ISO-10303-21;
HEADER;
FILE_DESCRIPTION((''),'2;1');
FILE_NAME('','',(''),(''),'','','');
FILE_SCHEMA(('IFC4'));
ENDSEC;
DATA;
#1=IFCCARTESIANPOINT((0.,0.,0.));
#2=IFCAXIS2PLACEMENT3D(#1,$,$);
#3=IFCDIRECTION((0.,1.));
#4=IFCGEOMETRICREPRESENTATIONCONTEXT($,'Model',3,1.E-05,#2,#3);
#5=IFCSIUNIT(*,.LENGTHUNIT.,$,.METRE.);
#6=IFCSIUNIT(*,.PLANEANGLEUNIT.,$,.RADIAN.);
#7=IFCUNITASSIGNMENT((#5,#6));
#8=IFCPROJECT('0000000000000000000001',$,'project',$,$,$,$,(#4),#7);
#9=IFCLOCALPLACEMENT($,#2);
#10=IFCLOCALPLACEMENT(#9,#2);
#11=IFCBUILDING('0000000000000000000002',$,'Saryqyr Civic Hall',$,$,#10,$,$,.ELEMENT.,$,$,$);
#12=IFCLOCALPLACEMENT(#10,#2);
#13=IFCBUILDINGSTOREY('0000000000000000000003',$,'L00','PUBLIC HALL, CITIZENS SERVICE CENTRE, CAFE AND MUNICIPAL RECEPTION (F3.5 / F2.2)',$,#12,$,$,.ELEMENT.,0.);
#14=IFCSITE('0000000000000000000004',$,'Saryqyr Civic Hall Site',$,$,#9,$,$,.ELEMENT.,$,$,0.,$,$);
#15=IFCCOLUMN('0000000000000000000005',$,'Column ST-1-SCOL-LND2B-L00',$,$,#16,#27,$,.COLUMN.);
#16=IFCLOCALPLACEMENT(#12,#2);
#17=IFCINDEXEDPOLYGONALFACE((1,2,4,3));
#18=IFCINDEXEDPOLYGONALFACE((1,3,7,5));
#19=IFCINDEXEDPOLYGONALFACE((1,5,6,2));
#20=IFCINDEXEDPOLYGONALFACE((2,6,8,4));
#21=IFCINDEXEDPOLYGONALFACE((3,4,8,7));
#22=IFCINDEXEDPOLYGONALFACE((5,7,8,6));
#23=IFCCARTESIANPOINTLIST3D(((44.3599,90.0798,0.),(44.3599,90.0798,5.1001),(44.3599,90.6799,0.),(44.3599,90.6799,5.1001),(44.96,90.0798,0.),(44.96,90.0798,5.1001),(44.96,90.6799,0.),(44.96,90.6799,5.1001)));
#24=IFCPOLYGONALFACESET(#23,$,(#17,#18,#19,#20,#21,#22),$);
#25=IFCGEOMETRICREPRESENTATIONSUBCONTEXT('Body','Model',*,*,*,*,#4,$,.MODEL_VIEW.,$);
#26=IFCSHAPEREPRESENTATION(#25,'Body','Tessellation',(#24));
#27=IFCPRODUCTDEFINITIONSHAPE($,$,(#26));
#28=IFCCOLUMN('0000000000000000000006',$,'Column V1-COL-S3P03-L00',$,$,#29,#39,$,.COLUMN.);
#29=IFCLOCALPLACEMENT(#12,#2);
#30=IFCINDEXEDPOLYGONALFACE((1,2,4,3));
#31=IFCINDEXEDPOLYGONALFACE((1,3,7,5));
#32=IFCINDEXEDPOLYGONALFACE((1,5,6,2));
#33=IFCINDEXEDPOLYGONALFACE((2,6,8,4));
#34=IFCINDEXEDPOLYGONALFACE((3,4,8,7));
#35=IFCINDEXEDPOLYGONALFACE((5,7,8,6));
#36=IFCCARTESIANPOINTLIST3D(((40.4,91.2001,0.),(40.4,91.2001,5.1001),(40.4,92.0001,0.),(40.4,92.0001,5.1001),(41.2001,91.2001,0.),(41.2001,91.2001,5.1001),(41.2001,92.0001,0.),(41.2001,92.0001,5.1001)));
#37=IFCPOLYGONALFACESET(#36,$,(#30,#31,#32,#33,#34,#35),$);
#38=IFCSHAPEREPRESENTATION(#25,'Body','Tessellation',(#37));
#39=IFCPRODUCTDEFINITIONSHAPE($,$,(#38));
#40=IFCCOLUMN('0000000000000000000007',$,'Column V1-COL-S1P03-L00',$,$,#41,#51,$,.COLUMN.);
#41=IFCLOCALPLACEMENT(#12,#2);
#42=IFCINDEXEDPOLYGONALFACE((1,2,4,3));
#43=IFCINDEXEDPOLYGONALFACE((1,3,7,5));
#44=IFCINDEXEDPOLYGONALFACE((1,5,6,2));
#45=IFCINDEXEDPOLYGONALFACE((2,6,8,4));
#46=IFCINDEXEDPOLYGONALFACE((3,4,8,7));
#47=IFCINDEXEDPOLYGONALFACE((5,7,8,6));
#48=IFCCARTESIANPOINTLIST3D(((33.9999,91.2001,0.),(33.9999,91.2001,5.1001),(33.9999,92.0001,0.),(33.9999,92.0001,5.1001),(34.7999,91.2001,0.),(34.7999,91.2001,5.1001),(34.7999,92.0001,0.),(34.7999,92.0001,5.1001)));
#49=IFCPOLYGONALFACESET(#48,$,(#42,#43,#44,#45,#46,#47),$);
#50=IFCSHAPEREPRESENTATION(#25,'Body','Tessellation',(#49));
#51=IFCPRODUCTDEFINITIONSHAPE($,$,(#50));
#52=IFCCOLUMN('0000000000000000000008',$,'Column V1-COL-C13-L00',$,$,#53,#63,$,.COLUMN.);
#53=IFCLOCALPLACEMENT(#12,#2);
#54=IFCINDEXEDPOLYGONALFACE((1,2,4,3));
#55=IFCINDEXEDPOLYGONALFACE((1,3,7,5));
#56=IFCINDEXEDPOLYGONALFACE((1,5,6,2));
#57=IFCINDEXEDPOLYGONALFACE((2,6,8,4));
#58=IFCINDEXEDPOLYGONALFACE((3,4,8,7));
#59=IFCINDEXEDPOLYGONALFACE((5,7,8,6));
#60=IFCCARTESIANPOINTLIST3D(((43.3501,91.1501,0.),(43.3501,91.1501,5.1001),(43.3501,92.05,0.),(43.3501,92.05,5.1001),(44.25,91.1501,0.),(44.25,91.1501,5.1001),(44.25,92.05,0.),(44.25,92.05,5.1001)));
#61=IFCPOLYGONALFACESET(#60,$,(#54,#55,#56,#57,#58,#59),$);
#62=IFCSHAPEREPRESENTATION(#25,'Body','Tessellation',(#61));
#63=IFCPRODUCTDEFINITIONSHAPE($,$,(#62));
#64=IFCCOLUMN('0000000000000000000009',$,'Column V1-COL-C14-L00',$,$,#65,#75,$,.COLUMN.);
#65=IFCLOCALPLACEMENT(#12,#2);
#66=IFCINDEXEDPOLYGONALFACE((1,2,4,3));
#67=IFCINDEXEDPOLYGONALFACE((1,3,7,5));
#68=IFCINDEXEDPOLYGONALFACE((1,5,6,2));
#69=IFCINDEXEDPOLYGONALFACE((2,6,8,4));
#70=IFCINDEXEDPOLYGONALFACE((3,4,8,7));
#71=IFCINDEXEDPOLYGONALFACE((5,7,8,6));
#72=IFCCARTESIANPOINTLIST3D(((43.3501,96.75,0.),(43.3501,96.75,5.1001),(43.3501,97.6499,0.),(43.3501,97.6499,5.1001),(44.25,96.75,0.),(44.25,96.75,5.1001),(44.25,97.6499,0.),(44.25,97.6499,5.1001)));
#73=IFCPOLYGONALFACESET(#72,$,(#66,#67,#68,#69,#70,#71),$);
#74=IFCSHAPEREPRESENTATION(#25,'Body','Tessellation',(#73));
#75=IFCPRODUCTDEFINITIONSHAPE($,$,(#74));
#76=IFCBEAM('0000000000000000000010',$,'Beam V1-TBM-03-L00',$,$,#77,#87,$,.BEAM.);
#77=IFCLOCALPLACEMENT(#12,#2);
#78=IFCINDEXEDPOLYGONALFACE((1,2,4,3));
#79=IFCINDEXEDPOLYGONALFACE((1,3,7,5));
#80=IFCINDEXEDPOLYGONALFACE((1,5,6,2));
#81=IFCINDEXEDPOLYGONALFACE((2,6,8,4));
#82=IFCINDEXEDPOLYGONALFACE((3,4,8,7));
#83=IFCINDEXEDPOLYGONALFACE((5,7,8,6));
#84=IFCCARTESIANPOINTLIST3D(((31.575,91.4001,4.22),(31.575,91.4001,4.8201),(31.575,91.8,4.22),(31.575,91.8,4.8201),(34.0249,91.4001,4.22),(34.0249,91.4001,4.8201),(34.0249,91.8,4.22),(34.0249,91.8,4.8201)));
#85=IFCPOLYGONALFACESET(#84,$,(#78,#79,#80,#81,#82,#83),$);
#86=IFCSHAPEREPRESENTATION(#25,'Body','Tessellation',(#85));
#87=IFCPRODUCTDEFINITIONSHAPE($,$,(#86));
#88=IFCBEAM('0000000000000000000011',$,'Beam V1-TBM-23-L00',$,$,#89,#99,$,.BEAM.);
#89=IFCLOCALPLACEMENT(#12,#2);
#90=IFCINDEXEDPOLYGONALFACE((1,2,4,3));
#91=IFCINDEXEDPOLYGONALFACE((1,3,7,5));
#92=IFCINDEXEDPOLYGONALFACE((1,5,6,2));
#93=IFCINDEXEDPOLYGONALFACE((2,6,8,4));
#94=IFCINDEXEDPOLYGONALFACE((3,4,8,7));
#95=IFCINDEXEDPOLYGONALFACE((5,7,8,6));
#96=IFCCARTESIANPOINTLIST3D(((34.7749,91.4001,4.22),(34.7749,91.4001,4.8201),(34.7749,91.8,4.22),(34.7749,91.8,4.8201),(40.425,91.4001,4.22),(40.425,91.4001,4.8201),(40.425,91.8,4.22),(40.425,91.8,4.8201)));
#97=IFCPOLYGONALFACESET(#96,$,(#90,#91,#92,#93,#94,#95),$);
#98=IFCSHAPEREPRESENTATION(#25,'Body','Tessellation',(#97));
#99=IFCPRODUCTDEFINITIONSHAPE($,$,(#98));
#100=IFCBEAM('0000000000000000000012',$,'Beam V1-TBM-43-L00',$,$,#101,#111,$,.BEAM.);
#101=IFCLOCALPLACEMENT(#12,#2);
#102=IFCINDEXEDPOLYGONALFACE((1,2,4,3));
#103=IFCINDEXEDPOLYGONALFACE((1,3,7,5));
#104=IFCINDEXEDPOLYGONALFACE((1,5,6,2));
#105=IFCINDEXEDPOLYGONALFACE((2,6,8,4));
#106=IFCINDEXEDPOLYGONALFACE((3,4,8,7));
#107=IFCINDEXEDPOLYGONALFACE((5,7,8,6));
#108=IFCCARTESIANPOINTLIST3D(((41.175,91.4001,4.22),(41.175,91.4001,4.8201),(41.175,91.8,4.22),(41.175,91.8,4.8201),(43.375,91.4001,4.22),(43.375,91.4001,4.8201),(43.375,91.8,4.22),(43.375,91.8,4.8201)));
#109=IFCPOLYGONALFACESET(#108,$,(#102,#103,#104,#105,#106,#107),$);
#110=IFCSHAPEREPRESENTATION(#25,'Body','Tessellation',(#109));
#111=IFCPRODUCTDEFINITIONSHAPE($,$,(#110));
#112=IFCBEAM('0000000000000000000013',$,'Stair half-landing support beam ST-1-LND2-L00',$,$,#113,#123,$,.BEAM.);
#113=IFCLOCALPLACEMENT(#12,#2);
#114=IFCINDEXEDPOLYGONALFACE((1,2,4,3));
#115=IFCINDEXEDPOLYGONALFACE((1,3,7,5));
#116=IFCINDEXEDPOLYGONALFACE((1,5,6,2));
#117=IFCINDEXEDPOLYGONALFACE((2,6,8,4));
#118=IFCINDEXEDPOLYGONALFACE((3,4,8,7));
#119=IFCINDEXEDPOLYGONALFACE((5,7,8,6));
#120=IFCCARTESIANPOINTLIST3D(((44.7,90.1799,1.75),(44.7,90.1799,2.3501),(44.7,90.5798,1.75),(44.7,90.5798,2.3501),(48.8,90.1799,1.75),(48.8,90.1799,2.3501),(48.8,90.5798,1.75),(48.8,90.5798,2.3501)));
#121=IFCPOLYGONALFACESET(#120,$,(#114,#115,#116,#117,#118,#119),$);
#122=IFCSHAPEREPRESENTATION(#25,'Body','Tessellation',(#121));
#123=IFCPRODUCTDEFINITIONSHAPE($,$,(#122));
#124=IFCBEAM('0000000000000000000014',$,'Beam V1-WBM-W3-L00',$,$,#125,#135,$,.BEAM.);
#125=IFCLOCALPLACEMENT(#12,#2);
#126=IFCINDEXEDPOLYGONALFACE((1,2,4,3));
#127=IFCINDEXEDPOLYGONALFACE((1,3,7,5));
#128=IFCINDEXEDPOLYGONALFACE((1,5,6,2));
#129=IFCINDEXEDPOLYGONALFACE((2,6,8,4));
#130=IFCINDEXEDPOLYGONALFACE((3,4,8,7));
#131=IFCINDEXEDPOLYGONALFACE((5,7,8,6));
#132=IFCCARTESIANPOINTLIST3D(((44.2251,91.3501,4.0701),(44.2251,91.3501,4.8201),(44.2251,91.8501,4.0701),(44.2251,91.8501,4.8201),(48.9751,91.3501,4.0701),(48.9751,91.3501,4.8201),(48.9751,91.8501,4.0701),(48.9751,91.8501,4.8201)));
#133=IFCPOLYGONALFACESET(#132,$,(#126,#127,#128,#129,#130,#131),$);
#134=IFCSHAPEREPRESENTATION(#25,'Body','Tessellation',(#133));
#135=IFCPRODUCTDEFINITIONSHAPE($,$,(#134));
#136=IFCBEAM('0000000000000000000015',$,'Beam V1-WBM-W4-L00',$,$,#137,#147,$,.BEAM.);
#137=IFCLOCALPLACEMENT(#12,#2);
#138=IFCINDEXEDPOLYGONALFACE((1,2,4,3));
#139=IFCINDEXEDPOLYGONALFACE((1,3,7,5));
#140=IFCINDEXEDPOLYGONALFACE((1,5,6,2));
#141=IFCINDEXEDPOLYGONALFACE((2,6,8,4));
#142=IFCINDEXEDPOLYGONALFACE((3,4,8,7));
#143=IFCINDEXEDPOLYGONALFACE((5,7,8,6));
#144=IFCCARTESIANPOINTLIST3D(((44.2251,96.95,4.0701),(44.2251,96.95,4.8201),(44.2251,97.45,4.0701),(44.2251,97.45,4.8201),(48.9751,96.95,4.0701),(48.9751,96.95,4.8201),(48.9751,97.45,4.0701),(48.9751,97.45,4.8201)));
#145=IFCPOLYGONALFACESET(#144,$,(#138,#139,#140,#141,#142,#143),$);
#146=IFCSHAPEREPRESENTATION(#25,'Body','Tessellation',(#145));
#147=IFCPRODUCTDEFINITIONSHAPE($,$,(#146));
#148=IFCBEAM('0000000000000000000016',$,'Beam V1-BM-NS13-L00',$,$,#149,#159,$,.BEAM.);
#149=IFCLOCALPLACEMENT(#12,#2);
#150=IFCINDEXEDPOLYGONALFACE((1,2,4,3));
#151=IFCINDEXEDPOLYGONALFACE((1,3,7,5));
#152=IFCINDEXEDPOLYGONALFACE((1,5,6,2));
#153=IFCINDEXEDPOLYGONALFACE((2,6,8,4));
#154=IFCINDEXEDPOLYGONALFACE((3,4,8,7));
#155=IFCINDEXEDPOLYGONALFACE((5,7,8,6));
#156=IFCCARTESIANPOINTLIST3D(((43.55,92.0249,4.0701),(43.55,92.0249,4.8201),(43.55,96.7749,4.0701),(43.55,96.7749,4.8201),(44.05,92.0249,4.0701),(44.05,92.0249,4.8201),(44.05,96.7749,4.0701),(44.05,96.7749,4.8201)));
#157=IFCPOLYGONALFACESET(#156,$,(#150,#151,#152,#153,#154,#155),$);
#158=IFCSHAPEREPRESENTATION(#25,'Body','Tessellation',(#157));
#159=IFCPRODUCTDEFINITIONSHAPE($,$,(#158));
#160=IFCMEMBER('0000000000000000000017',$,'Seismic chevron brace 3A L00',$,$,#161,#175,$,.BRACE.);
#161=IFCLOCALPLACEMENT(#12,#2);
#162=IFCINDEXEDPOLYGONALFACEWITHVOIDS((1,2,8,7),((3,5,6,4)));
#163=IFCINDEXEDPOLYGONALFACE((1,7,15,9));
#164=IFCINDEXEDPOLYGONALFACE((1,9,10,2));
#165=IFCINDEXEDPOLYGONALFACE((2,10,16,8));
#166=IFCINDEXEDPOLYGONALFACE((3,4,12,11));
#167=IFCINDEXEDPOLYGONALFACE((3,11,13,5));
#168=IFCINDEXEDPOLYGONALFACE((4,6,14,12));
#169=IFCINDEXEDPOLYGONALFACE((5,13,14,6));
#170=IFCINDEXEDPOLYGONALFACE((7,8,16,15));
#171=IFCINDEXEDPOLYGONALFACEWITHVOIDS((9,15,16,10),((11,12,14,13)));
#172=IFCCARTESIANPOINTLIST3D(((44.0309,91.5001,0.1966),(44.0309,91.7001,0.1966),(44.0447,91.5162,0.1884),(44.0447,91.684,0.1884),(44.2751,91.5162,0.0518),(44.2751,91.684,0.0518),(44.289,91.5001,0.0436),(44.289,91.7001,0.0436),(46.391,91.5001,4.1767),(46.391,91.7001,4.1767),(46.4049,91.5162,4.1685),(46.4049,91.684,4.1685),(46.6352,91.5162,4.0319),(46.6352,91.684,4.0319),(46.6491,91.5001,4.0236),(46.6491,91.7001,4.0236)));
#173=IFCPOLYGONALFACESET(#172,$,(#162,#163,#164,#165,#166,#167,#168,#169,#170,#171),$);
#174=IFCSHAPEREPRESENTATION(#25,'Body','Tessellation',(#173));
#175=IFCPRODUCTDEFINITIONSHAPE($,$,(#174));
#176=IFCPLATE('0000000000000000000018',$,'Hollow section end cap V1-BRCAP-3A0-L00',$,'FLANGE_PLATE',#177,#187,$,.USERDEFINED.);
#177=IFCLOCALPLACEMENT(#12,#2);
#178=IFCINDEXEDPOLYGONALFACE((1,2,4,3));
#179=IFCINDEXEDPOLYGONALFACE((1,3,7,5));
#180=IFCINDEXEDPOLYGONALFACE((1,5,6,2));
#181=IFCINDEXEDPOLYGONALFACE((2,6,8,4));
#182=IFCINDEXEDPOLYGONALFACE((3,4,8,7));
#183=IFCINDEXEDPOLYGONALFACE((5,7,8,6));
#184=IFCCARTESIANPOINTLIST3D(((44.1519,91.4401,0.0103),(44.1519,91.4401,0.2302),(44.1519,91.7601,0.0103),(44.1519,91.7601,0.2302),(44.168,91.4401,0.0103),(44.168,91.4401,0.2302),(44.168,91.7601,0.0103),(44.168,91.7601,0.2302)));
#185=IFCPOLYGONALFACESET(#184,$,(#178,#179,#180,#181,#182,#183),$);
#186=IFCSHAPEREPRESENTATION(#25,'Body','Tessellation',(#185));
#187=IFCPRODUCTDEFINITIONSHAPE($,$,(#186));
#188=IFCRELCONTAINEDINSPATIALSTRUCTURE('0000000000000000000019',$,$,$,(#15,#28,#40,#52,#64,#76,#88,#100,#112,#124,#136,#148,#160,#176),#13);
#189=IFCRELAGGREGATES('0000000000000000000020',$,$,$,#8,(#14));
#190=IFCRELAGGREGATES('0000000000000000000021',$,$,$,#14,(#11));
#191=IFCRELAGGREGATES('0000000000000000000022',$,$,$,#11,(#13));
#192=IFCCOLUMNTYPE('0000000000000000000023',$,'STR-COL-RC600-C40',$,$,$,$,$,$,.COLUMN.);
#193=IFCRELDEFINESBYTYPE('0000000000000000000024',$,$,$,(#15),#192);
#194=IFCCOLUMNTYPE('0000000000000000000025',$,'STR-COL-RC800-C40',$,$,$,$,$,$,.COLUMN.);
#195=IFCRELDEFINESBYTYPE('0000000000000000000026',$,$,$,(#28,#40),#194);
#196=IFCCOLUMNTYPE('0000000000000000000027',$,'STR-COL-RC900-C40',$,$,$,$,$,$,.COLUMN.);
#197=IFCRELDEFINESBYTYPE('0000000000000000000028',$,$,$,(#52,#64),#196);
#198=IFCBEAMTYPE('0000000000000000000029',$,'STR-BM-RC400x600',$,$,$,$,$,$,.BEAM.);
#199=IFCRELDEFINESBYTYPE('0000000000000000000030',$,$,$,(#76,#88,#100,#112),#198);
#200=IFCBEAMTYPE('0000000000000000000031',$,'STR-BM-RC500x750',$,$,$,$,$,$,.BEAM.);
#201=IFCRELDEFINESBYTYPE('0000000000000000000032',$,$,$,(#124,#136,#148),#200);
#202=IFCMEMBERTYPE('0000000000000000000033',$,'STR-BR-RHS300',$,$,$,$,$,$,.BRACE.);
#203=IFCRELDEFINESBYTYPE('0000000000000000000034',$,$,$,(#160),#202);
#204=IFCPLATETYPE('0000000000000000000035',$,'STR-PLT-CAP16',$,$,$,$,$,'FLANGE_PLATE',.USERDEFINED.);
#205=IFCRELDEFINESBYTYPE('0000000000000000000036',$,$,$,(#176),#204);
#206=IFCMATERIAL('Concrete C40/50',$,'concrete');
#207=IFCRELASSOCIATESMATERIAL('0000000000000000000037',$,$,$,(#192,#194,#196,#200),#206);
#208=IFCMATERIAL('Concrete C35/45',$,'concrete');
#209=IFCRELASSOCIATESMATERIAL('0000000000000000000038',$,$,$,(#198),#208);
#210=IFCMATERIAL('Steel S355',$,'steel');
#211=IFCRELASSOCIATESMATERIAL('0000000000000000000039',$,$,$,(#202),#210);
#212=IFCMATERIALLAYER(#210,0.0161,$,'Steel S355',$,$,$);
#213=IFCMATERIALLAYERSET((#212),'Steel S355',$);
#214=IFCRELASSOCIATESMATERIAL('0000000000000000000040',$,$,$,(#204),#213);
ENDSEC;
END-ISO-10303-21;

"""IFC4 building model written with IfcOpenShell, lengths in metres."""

from ifc_helpers import new_model, si_unit, direction, frame, origin, origin_2d, place, context, subcontext, project, spatial, rectangle, hollow_rectangle, extrude, material, layer, layer_set, material_profile, profile_set, type_object, element, save


model = new_model("IFC4")

# Units and contexts
model_context = context("Model", 3, precision=1e-05, world=origin(), true_north=direction((0.0, 1.0)))
body_context = subcontext(model_context, "Body", "Model", "MODEL_VIEW")
ifc_project = project(units=[si_unit("LENGTHUNIT", "METRE"), si_unit("PLANEANGLEUNIT", "RADIAN")], contexts=[model_context])

# Site, building, storey
site_placement = place(None, origin())
site = spatial("IfcSite", under=ifc_project, at=site_placement, Name="Saryqyr Civic Hall Site", CompositionType="ELEMENT", RefElevation=0.0)
building_placement = place(site_placement, origin())
building = spatial("IfcBuilding", under=site, at=building_placement, Name="Saryqyr Civic Hall", CompositionType="ELEMENT")
storey_placement = place(building_placement, origin())
storey = spatial("IfcBuildingStorey", under=building, at=storey_placement, Name="L00", Description="PUBLIC HALL, CITIZENS SERVICE CENTRE, CAFE AND MUNICIPAL RECEPTION (F3.5 / F2.2)", CompositionType="ELEMENT", Elevation=0.0)

# Columns
ifc_material_1 = material(Name="Concrete C40/50", Category="concrete")
ifc_material_profile_1 = material_profile(ifc_material_1, rectangle(XDim=0.6001, YDim=0.6001, at=origin_2d()), Name="RC 600x600")
ifc_profile_set_1 = profile_set([ifc_material_profile_1], Name="Concrete C40/50")
column_type_1 = type_object("IfcColumnType", Name="STR-COL-RC600-C40", PredefinedType="COLUMN", material=ifc_profile_set_1)
column_placement = place(storey_placement, frame((44.6599, 90.3799, 0.0), z_axis=(0.0, 0.0, 1.0), x_axis=(1.0, 0.0, 0.0)))
element("IfcColumn", 1, at=column_placement, inside=storey, type_object=column_type_1, Name="Column ST-1-SCOL-LND2B-L00", PredefinedType="COLUMN", context=body_context, shape_type="SweptSolid", body=[
    extrude(rectangle(XDim=0.6001, YDim=0.6001, at=origin_2d()), origin(), (0.0, 0.0, 1.0), 5.1001),
])
ifc_material_profile_2 = material_profile(ifc_material_1, rectangle(XDim=0.8, YDim=0.8, at=origin_2d()), Name="RC 800x800")
ifc_profile_set_2 = profile_set([ifc_material_profile_2], Name="Concrete C40/50")
column_type_2 = type_object("IfcColumnType", Name="STR-COL-RC800-C40", PredefinedType="COLUMN", material=ifc_profile_set_2)
for number, where, z_axis, x_axis, name in (
    (2, (40.8, 91.6001, 0.0), (0.0, 0.0, 1.0), (1.0, 0.0, 0.0), "Column V1-COL-S3P03-L00"),
    (3, (34.3999, 91.6001, 0.0), (0.0, 0.0, 1.0), (1.0, 0.0, 0.0), "Column V1-COL-S1P03-L00"),
):
    element("IfcColumn", number, at=place(storey_placement, frame(where, z_axis=z_axis, x_axis=x_axis)), inside=storey, type_object=column_type_2, Name=name, PredefinedType="COLUMN", context=body_context, shape_type="SweptSolid", body=[
        extrude(rectangle(XDim=0.8, YDim=0.8, at=origin_2d()), origin(), (0.0, 0.0, 1.0), 5.1001),
    ])
ifc_material_profile_3 = material_profile(ifc_material_1, rectangle(XDim=0.8999, YDim=0.8999, at=origin_2d()), Name="RC 900x900")
ifc_profile_set_3 = profile_set([ifc_material_profile_3], Name="Concrete C40/50")
column_type_3 = type_object("IfcColumnType", Name="STR-COL-RC900-C40", PredefinedType="COLUMN", material=ifc_profile_set_3)
for number, where, z_axis, x_axis, name in (
    (4, (43.8, 91.6001, 0.0), (0.0, 0.0, 1.0), (1.0, 0.0, 0.0), "Column V1-COL-C13-L00"),
    (5, (43.8, 97.2, 0.0), (0.0, 0.0, 1.0), (1.0, 0.0, 0.0), "Column V1-COL-C14-L00"),
):
    element("IfcColumn", number, at=place(storey_placement, frame(where, z_axis=z_axis, x_axis=x_axis)), inside=storey, type_object=column_type_3, Name=name, PredefinedType="COLUMN", context=body_context, shape_type="SweptSolid", body=[
        extrude(rectangle(XDim=0.8999, YDim=0.8999, at=origin_2d()), origin(), (0.0, 0.0, 1.0), 5.1001),
    ])

# Beams
ifc_material_2 = material(Name="Concrete C35/45", Category="concrete")
ifc_material_profile_4 = material_profile(ifc_material_2, rectangle(XDim=0.3999, YDim=0.6001, at=origin_2d()), Name="RC 400x600")
ifc_profile_set_4 = profile_set([ifc_material_profile_4], Name="Concrete C35/45")
beam_type_1 = type_object("IfcBeamType", Name="STR-BM-RC400x600", PredefinedType="BEAM", material=ifc_profile_set_4)
beam_1_placement = place(storey_placement, frame((31.575, 91.6001, 4.52), z_axis=(1.0, 0.0, 0.0), x_axis=(0.0, 1.0, 0.0)))
element("IfcBeam", 6, at=beam_1_placement, inside=storey, type_object=beam_type_1, Name="Beam V1-TBM-03-L00", PredefinedType="BEAM", context=body_context, shape_type="SweptSolid", body=[
    extrude(rectangle(XDim=0.3999, YDim=0.6001, at=origin_2d()), origin(), (0.0, 0.0, 1.0), 2.45),
])
beam_2_placement = place(storey_placement, frame((34.7749, 91.6001, 4.52), z_axis=(1.0, 0.0, 0.0), x_axis=(0.0, 1.0, 0.0)))
element("IfcBeam", 7, at=beam_2_placement, inside=storey, type_object=beam_type_1, Name="Beam V1-TBM-23-L00", PredefinedType="BEAM", context=body_context, shape_type="SweptSolid", body=[
    extrude(rectangle(XDim=0.3999, YDim=0.6001, at=origin_2d()), origin(), (0.0, 0.0, 1.0), 5.6501),
])
beam_3_placement = place(storey_placement, frame((41.175, 91.6001, 4.52), z_axis=(1.0, 0.0, 0.0), x_axis=(0.0, 1.0, 0.0)))
element("IfcBeam", 8, at=beam_3_placement, inside=storey, type_object=beam_type_1, Name="Beam V1-TBM-43-L00", PredefinedType="BEAM", context=body_context, shape_type="SweptSolid", body=[
    extrude(rectangle(XDim=0.3999, YDim=0.6001, at=origin_2d()), origin(), (0.0, 0.0, 1.0), 2.2),
])
beam_4_placement = place(storey_placement, frame((48.8, 90.3799, 2.05), z_axis=(-1.0, 0.0, 0.0), x_axis=(0.0, -1.0, 0.0)))
element("IfcBeam", 9, at=beam_4_placement, inside=storey, type_object=beam_type_1, Name="Stair half-landing support beam ST-1-LND2-L00", PredefinedType="BEAM", context=body_context, shape_type="SweptSolid", body=[
    extrude(rectangle(XDim=0.3999, YDim=0.6001, at=origin_2d()), origin(), (0.0, 0.0, 1.0), 4.1001),
])
ifc_material_profile_5 = material_profile(ifc_material_1, rectangle(XDim=0.5, YDim=0.75, at=origin_2d()), Name="RC 500x750")
ifc_profile_set_5 = profile_set([ifc_material_profile_5], Name="Concrete C40/50")
beam_type_2 = type_object("IfcBeamType", Name="STR-BM-RC500x750", PredefinedType="BEAM", material=ifc_profile_set_5)
for number, where, z_axis, x_axis, name in (
    (10, (44.2251, 91.6001, 4.4451), (1.0, 0.0, 0.0), (0.0, 1.0, 0.0), "Beam V1-WBM-W3-L00"),
    (11, (44.2251, 97.2, 4.4451), (1.0, 0.0, 0.0), (0.0, 1.0, 0.0), "Beam V1-WBM-W4-L00"),
    (12, (43.8, 92.0249, 4.4451), (0.0, 1.0, 0.0), (-1.0, 0.0, 0.0), "Beam V1-BM-NS13-L00"),
):
    element("IfcBeam", number, at=place(storey_placement, frame(where, z_axis=z_axis, x_axis=x_axis)), inside=storey, type_object=beam_type_2, Name=name, PredefinedType="BEAM", context=body_context, shape_type="SweptSolid", body=[
        extrude(rectangle(XDim=0.5, YDim=0.75, at=origin_2d()), origin(), (0.0, 0.0, 1.0), 4.75),
    ])

# Member
ifc_material_3 = material(Name="Steel S355", Category="steel")
ifc_material_profile_6 = material_profile(ifc_material_3, hollow_rectangle(XDim=0.2, YDim=0.3, WallThickness=0.0161, at=origin_2d()), Name="RHS 300x200x16")
ifc_profile_set_6 = profile_set([ifc_material_profile_6], Name="Steel S355")
member_type = type_object("IfcMemberType", Name="STR-BR-RHS300", PredefinedType="BRACE", material=ifc_profile_set_6)
member_placement = place(storey_placement, frame((44.1599, 91.6001, 0.1201), z_axis=(0.510058, 0.0, 0.86014), x_axis=(0.0, 1.0, 0.0)))
element("IfcMember", 13, at=member_placement, inside=storey, type_object=member_type, Name="Seismic chevron brace 3A L00", PredefinedType="BRACE", context=body_context, shape_type="SweptSolid", body=[
    extrude(hollow_rectangle(XDim=0.2, YDim=0.3, WallThickness=0.0161, at=origin_2d()), origin(), (0.0, 0.0, 1.0), 4.6272),
])

# Plate
ifc_layer_1 = layer(ifc_material_3, 0.0161, Name="Steel S355")
ifc_layer_set_1 = layer_set([ifc_layer_1], Name="Steel S355")
plate_type_1 = type_object("IfcPlateType", Name="STR-PLT-CAP16", ElementType="FLANGE_PLATE", PredefinedType="USERDEFINED", material=ifc_layer_set_1)
plate_1_placement = place(storey_placement, frame((44.1599, 91.6001, 0.0103), z_axis=(0.0, 0.0, 1.0), x_axis=(1.0, 0.0, 0.0)))
element("IfcPlate", 14, at=plate_1_placement, inside=storey, type_object=plate_type_1, Name="Hollow section end cap V1-BRCAP-3A0-L00", ObjectType="FLANGE_PLATE", PredefinedType="USERDEFINED", context=body_context, shape_type="SweptSolid", body=[
    extrude(rectangle(XDim=0.0161, YDim=0.3201, at=origin_2d()), origin(), (0.0, 0.0, 1.0), 0.22),
])

save(model, "model.ifc")
